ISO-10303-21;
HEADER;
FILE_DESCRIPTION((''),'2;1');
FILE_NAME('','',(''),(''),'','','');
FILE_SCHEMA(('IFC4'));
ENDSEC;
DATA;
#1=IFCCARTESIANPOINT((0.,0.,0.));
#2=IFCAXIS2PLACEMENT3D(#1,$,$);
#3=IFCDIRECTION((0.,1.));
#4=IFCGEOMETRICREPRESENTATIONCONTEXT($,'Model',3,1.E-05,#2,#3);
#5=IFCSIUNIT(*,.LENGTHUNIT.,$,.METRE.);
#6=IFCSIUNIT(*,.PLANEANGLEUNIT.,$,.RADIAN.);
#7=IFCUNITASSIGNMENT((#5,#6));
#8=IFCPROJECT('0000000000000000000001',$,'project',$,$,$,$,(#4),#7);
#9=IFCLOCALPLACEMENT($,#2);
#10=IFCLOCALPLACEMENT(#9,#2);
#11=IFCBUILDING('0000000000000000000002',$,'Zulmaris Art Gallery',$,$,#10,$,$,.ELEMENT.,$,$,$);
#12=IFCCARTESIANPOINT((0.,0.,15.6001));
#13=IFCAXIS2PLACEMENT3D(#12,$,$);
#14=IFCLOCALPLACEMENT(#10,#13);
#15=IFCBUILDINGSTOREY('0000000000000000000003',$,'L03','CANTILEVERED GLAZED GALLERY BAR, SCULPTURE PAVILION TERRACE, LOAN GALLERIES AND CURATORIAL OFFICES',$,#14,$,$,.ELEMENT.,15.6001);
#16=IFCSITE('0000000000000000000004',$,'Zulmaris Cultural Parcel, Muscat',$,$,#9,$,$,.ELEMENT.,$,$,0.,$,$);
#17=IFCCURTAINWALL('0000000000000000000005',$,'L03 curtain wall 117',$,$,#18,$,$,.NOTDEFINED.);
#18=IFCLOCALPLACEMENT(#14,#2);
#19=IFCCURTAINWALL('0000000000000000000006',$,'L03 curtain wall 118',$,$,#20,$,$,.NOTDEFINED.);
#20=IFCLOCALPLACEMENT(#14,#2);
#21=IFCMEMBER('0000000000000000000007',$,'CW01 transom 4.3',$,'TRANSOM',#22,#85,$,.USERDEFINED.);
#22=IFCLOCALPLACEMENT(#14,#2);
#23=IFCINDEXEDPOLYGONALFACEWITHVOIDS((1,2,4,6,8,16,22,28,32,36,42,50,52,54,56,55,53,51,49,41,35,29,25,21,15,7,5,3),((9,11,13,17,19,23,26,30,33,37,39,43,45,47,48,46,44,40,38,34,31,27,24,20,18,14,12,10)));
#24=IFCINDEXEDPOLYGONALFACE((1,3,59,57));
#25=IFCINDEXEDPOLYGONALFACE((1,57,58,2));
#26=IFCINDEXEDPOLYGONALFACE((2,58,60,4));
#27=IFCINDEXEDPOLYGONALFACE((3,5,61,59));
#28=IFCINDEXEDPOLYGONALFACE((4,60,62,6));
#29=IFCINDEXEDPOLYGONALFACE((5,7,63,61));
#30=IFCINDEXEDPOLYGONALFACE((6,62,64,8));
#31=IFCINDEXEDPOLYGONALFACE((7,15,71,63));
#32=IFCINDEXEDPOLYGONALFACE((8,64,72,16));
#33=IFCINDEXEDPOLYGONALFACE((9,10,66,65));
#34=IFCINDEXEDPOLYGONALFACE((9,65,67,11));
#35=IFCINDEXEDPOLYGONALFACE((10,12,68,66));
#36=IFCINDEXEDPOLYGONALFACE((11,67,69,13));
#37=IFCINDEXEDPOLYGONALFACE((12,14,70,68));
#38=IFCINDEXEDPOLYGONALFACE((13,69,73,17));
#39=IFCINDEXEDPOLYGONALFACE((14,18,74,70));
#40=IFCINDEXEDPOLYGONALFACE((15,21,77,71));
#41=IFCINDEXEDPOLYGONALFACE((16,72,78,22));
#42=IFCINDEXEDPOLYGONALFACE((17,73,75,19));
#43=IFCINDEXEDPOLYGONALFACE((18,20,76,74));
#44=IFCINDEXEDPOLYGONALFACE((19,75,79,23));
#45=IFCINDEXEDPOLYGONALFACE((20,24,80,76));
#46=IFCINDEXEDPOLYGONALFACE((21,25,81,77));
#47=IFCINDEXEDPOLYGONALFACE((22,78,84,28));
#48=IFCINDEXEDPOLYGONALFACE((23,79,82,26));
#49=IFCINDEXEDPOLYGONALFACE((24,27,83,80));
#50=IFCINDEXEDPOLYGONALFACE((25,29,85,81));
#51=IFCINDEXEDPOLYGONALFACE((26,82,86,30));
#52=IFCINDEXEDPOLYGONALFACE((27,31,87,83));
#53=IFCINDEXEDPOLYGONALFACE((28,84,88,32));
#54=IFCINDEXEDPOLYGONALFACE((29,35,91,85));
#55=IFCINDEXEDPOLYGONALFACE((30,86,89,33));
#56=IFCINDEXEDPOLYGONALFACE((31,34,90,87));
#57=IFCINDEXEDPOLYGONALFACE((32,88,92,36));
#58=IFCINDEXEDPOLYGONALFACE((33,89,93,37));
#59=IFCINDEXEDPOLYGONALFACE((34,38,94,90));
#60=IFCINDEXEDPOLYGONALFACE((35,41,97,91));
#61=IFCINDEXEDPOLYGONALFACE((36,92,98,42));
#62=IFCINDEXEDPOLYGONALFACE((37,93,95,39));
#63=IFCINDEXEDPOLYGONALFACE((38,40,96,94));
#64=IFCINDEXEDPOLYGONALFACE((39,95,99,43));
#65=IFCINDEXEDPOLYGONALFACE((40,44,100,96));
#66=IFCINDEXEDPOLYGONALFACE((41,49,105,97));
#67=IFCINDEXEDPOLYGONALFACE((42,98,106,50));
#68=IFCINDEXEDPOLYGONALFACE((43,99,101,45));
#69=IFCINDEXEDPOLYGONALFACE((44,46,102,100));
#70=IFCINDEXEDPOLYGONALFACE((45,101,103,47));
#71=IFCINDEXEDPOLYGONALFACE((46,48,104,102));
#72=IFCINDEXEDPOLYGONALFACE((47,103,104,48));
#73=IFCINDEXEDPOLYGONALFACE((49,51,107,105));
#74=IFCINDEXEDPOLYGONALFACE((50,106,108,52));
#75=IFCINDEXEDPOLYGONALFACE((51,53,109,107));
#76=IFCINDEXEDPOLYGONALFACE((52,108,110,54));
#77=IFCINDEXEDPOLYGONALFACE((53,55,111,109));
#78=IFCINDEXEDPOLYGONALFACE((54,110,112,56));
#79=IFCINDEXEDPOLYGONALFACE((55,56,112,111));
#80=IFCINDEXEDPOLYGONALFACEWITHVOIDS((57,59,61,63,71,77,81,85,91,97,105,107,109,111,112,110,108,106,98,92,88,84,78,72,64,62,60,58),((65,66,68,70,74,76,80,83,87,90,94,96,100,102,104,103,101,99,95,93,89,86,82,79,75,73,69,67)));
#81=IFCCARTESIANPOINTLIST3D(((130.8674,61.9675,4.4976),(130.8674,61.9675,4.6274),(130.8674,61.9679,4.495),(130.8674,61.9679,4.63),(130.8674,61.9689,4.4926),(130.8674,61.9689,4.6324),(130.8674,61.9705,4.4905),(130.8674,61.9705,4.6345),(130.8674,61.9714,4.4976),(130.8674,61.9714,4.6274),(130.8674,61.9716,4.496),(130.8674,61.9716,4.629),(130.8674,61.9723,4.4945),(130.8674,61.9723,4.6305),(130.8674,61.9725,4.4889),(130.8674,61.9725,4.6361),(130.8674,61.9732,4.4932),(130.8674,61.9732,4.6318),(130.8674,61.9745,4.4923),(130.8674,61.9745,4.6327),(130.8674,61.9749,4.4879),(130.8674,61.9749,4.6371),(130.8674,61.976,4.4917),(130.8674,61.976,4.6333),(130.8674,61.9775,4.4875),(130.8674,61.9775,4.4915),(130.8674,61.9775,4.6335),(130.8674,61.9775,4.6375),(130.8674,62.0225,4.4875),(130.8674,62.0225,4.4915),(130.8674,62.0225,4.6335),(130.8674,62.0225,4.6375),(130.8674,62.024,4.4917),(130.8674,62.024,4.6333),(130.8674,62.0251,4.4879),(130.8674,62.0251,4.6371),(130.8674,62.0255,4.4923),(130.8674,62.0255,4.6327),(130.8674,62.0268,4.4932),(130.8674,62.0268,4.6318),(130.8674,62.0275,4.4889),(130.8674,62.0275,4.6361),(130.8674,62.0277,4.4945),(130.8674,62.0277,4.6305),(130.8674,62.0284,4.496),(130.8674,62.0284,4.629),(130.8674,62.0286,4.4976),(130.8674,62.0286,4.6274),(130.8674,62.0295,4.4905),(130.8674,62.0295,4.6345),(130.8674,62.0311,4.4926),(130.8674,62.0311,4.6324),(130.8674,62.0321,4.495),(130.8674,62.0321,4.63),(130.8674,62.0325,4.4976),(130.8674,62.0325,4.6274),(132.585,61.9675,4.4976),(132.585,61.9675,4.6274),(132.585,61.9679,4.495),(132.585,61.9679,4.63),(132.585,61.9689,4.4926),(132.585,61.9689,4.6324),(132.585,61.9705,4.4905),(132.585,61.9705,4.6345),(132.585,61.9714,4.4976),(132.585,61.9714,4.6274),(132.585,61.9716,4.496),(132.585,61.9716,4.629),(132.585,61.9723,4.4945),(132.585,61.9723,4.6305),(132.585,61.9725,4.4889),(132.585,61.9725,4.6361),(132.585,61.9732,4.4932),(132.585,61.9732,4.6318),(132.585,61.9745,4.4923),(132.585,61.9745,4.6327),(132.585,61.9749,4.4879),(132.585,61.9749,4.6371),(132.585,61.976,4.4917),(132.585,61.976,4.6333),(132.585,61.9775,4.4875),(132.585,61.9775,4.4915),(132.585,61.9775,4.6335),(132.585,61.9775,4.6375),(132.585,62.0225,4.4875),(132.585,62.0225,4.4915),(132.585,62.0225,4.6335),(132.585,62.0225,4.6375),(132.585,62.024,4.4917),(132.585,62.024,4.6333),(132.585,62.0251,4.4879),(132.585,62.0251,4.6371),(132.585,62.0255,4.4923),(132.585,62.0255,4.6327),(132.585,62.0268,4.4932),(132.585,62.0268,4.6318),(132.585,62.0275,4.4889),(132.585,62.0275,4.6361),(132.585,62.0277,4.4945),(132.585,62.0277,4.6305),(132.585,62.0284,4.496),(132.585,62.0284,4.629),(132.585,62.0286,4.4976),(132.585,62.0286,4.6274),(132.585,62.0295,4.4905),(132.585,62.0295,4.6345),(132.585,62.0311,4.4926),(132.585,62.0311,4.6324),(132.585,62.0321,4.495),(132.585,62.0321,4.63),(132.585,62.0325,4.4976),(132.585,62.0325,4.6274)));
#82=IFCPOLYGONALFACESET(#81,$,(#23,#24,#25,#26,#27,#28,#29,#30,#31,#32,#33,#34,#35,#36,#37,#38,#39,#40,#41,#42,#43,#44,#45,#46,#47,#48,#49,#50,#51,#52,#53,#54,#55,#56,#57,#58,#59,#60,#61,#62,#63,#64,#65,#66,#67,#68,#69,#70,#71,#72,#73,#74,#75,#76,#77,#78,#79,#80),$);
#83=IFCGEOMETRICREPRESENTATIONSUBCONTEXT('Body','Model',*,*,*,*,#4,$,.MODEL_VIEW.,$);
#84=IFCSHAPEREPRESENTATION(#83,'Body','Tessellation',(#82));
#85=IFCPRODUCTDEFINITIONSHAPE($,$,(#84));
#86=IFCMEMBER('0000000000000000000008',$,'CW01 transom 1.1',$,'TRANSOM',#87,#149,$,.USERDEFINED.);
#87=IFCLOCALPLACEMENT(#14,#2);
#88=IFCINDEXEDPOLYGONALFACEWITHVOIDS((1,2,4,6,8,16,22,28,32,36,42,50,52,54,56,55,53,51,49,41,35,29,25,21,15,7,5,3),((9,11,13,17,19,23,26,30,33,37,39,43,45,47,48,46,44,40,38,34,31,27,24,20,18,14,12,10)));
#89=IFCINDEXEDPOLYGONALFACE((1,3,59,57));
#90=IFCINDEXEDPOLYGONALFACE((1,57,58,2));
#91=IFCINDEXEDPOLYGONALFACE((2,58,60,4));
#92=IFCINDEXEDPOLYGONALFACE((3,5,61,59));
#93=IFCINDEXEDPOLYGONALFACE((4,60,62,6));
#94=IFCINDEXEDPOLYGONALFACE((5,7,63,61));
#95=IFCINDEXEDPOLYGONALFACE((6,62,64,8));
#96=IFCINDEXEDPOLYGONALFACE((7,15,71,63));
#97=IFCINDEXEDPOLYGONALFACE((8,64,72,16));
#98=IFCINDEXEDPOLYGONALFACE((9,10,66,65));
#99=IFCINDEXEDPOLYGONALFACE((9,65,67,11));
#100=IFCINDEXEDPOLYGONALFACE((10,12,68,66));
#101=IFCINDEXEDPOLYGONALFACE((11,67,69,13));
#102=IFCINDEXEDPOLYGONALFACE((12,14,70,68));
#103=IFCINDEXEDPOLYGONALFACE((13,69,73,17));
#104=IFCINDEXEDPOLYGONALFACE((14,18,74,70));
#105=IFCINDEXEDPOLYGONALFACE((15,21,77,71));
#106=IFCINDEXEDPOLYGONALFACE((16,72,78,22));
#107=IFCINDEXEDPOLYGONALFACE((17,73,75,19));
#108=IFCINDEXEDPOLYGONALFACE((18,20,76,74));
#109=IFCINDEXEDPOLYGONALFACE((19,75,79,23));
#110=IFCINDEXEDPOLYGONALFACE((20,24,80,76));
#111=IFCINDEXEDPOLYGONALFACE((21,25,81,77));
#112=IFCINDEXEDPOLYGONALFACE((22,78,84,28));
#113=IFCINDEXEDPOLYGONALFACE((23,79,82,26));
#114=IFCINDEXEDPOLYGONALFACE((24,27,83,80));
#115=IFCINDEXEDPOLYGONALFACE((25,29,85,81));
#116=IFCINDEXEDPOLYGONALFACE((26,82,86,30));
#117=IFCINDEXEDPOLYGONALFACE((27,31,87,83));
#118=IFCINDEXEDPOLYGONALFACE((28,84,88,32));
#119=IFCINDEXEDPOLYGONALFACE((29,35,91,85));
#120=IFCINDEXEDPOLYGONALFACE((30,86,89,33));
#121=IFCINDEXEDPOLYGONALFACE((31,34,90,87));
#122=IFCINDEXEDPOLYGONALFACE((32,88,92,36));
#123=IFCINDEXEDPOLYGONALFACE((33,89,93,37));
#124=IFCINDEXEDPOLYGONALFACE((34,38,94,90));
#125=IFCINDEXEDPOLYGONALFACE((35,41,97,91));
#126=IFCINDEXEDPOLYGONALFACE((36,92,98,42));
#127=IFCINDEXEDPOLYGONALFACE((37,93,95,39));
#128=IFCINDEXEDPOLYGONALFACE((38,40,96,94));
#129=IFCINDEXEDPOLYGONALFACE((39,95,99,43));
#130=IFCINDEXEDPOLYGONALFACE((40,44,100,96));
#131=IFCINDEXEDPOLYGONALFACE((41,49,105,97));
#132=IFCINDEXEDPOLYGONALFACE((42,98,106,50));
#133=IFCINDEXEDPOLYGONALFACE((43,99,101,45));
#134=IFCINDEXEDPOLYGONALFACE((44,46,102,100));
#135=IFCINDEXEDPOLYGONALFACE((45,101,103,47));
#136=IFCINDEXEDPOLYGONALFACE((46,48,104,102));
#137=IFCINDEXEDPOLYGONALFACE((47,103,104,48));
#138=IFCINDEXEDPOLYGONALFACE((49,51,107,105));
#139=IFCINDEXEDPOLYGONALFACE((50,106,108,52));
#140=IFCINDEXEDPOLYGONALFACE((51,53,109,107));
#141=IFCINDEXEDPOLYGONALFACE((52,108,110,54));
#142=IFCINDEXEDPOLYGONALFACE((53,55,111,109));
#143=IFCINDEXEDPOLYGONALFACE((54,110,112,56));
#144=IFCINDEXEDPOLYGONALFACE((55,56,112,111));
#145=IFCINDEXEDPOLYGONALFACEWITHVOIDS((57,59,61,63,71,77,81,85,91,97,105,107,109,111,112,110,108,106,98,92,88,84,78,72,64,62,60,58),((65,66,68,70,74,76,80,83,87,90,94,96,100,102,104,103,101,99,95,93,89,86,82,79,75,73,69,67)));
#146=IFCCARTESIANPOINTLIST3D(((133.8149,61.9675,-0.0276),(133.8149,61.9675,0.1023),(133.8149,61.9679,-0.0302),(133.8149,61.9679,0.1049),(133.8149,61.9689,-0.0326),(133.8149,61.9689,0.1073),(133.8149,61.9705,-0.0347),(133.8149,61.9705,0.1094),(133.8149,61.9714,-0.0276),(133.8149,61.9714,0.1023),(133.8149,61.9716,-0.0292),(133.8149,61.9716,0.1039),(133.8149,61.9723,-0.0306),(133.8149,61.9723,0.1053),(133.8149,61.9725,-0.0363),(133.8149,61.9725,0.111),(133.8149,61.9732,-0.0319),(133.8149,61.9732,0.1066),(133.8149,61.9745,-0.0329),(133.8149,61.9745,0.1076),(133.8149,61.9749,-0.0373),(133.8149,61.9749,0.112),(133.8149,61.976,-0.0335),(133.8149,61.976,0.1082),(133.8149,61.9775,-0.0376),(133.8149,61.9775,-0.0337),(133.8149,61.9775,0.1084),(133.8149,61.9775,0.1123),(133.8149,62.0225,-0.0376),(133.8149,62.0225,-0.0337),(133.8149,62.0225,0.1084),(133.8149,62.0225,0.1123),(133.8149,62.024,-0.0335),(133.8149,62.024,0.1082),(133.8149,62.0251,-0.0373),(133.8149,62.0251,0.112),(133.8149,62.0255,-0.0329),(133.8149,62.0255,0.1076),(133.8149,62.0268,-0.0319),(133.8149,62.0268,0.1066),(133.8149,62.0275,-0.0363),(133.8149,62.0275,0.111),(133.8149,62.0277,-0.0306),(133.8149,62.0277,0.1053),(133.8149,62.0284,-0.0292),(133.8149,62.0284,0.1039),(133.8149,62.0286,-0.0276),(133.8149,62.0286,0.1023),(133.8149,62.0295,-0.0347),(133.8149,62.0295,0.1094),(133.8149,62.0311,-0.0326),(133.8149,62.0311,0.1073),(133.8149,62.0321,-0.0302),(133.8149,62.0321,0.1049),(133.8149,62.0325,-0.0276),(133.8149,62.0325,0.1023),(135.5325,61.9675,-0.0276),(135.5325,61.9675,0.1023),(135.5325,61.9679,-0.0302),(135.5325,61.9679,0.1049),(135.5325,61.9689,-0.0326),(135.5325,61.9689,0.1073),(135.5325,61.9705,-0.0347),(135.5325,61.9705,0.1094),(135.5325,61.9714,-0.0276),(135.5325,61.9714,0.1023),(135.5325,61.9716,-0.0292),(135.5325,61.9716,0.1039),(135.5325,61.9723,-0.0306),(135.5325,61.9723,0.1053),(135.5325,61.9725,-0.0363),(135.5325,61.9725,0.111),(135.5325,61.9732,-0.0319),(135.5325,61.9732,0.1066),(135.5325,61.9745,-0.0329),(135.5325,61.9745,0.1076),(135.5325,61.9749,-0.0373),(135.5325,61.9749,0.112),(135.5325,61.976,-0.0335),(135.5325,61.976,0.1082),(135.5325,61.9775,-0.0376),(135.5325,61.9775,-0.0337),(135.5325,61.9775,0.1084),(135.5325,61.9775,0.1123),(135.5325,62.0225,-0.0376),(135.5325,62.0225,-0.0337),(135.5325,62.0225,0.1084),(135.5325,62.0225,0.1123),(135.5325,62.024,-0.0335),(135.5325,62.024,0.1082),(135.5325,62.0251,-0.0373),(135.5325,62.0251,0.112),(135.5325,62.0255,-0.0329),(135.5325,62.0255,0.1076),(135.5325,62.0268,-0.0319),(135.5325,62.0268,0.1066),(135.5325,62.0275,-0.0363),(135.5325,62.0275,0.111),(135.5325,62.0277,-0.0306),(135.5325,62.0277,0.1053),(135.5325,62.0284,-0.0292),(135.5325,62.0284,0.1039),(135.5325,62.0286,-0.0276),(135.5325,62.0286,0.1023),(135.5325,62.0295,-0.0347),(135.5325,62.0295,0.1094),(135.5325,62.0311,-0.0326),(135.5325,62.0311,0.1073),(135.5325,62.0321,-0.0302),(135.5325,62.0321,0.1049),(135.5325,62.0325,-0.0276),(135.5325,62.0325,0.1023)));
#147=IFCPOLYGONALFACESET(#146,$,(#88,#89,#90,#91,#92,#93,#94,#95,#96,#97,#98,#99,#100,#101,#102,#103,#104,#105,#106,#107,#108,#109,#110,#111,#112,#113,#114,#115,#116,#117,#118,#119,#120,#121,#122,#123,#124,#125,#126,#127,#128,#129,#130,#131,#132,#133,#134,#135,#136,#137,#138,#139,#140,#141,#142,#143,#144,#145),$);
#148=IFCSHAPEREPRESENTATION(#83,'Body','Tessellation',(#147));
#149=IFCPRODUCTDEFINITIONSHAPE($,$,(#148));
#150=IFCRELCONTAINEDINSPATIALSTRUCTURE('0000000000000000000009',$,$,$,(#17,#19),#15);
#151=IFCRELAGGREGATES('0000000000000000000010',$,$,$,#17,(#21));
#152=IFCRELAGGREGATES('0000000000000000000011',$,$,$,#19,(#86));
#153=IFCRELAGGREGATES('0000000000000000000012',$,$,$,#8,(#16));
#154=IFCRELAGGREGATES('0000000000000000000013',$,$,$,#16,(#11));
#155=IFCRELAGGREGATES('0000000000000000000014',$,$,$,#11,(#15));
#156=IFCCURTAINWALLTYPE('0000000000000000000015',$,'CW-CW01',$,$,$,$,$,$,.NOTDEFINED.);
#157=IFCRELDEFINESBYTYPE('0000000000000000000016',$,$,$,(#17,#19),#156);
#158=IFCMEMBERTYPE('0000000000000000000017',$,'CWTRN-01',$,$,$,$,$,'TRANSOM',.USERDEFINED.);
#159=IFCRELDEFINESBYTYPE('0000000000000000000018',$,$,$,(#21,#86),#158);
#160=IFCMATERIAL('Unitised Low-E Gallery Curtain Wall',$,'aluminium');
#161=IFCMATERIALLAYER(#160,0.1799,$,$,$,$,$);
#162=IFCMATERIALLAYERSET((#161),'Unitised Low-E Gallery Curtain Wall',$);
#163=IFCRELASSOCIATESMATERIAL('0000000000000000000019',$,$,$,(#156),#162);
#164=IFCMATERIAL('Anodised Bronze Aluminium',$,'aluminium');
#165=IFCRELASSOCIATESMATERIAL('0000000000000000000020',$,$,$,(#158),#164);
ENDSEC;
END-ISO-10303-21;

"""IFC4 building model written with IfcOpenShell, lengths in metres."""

from ifc_helpers import new_model, si_unit, direction, frame, origin, origin_2d, place, context, subcontext, project, spatial, hollow_rectangle, extrude, material, layer, layer_set, material_profile, profile_set, type_object, element, aggregate, save


model = new_model("IFC4")

# Units and contexts
model_context = context("Model", 3, precision=1e-05, world=origin(), true_north=direction((0.0, 1.0)))
body_context = subcontext(model_context, "Body", "Model", "MODEL_VIEW")
ifc_project = project(units=[si_unit("LENGTHUNIT", "METRE"), si_unit("PLANEANGLEUNIT", "RADIAN")], contexts=[model_context])

# Site, building, storey
site_placement = place(None, origin())
site = spatial("IfcSite", under=ifc_project, at=site_placement, Name="Zulmaris Cultural Parcel, Muscat", CompositionType="ELEMENT", RefElevation=0.0)
building_placement = place(site_placement, origin())
building = spatial("IfcBuilding", under=site, at=building_placement, Name="Zulmaris Art Gallery", CompositionType="ELEMENT")
storey_placement = place(building_placement, frame((0.0, 0.0, 15.6001)))
storey = spatial("IfcBuildingStorey", under=building, at=storey_placement, Name="L03", Description="CANTILEVERED GLAZED GALLERY BAR, SCULPTURE PAVILION TERRACE, LOAN GALLERIES AND CURATORIAL OFFICES", CompositionType="ELEMENT", Elevation=15.6001)

# Curtain walls
ifc_material_1 = material(Name="Unitised Low-E Gallery Curtain Wall", Category="aluminium")
ifc_layer_1 = layer(ifc_material_1, 0.1799)
ifc_layer_set_1 = layer_set([ifc_layer_1], Name="Unitised Low-E Gallery Curtain Wall")
curtain_wall_type = type_object("IfcCurtainWallType", Name="CW-CW01", PredefinedType="NOTDEFINED", material=ifc_layer_set_1)
curtain_wall_1_placement = place(storey_placement, origin())
curtain_wall_1 = element("IfcCurtainWall", 1, at=curtain_wall_1_placement, inside=storey, type_object=curtain_wall_type, Name="L03 curtain wall 117", PredefinedType="NOTDEFINED")
ifc_material_2 = material(Name="Anodised Bronze Aluminium", Category="aluminium")
curtain_wall_2_placement = place(storey_placement, origin())
curtain_wall_2 = element("IfcCurtainWall", 2, at=curtain_wall_2_placement, inside=storey, type_object=curtain_wall_type, Name="L03 curtain wall 118", PredefinedType="NOTDEFINED")

# Members
ifc_material_profile_1 = material_profile(ifc_material_2, hollow_rectangle(XDim=0.0649, YDim=0.1499, WallThickness=0.0039, InnerFilletRadius=0.0061, OuterFilletRadius=0.01, at=origin_2d()), Name="ALU 65x150x4")
ifc_profile_set_1 = profile_set([ifc_material_profile_1], Name="Anodised Bronze Aluminium")
member_type_1 = type_object("IfcMemberType", Name="CWTRN-01", ElementType="TRANSOM", PredefinedType="USERDEFINED", material=ifc_profile_set_1)
member_1_placement = place(storey_placement, frame((130.8674, 62.0, 4.5625), z_axis=(1.0, 0.0, 0.0), x_axis=(0.0, 1.0, 0.0)))
member_1 = element("IfcMember", 3, at=member_1_placement, type_object=member_type_1, Name="CW01 transom 4.3", ObjectType="TRANSOM", PredefinedType="USERDEFINED", context=body_context, shape_type="SweptSolid", body=[
    extrude(hollow_rectangle(XDim=0.0649, YDim=0.1499, WallThickness=0.0039, InnerFilletRadius=0.0061, OuterFilletRadius=0.01, at=origin_2d()), origin(), (0.0, 0.0, 1.0), 1.7175),
])
member_2_placement = place(storey_placement, frame((133.8149, 62.0, 0.0374), z_axis=(1.0, 0.0, 0.0), x_axis=(0.0, 1.0, 0.0)))
member_2 = element("IfcMember", 4, at=member_2_placement, type_object=member_type_1, Name="CW01 transom 1.1", ObjectType="TRANSOM", PredefinedType="USERDEFINED", context=body_context, shape_type="SweptSolid", body=[
    extrude(hollow_rectangle(XDim=0.0649, YDim=0.1499, WallThickness=0.0039, InnerFilletRadius=0.0061, OuterFilletRadius=0.01, at=origin_2d()), origin(), (0.0, 0.0, 1.0), 1.7175),
])

aggregate(curtain_wall_1, [member_1])
aggregate(curtain_wall_2, [member_2])

save(model, "model.ifc")
